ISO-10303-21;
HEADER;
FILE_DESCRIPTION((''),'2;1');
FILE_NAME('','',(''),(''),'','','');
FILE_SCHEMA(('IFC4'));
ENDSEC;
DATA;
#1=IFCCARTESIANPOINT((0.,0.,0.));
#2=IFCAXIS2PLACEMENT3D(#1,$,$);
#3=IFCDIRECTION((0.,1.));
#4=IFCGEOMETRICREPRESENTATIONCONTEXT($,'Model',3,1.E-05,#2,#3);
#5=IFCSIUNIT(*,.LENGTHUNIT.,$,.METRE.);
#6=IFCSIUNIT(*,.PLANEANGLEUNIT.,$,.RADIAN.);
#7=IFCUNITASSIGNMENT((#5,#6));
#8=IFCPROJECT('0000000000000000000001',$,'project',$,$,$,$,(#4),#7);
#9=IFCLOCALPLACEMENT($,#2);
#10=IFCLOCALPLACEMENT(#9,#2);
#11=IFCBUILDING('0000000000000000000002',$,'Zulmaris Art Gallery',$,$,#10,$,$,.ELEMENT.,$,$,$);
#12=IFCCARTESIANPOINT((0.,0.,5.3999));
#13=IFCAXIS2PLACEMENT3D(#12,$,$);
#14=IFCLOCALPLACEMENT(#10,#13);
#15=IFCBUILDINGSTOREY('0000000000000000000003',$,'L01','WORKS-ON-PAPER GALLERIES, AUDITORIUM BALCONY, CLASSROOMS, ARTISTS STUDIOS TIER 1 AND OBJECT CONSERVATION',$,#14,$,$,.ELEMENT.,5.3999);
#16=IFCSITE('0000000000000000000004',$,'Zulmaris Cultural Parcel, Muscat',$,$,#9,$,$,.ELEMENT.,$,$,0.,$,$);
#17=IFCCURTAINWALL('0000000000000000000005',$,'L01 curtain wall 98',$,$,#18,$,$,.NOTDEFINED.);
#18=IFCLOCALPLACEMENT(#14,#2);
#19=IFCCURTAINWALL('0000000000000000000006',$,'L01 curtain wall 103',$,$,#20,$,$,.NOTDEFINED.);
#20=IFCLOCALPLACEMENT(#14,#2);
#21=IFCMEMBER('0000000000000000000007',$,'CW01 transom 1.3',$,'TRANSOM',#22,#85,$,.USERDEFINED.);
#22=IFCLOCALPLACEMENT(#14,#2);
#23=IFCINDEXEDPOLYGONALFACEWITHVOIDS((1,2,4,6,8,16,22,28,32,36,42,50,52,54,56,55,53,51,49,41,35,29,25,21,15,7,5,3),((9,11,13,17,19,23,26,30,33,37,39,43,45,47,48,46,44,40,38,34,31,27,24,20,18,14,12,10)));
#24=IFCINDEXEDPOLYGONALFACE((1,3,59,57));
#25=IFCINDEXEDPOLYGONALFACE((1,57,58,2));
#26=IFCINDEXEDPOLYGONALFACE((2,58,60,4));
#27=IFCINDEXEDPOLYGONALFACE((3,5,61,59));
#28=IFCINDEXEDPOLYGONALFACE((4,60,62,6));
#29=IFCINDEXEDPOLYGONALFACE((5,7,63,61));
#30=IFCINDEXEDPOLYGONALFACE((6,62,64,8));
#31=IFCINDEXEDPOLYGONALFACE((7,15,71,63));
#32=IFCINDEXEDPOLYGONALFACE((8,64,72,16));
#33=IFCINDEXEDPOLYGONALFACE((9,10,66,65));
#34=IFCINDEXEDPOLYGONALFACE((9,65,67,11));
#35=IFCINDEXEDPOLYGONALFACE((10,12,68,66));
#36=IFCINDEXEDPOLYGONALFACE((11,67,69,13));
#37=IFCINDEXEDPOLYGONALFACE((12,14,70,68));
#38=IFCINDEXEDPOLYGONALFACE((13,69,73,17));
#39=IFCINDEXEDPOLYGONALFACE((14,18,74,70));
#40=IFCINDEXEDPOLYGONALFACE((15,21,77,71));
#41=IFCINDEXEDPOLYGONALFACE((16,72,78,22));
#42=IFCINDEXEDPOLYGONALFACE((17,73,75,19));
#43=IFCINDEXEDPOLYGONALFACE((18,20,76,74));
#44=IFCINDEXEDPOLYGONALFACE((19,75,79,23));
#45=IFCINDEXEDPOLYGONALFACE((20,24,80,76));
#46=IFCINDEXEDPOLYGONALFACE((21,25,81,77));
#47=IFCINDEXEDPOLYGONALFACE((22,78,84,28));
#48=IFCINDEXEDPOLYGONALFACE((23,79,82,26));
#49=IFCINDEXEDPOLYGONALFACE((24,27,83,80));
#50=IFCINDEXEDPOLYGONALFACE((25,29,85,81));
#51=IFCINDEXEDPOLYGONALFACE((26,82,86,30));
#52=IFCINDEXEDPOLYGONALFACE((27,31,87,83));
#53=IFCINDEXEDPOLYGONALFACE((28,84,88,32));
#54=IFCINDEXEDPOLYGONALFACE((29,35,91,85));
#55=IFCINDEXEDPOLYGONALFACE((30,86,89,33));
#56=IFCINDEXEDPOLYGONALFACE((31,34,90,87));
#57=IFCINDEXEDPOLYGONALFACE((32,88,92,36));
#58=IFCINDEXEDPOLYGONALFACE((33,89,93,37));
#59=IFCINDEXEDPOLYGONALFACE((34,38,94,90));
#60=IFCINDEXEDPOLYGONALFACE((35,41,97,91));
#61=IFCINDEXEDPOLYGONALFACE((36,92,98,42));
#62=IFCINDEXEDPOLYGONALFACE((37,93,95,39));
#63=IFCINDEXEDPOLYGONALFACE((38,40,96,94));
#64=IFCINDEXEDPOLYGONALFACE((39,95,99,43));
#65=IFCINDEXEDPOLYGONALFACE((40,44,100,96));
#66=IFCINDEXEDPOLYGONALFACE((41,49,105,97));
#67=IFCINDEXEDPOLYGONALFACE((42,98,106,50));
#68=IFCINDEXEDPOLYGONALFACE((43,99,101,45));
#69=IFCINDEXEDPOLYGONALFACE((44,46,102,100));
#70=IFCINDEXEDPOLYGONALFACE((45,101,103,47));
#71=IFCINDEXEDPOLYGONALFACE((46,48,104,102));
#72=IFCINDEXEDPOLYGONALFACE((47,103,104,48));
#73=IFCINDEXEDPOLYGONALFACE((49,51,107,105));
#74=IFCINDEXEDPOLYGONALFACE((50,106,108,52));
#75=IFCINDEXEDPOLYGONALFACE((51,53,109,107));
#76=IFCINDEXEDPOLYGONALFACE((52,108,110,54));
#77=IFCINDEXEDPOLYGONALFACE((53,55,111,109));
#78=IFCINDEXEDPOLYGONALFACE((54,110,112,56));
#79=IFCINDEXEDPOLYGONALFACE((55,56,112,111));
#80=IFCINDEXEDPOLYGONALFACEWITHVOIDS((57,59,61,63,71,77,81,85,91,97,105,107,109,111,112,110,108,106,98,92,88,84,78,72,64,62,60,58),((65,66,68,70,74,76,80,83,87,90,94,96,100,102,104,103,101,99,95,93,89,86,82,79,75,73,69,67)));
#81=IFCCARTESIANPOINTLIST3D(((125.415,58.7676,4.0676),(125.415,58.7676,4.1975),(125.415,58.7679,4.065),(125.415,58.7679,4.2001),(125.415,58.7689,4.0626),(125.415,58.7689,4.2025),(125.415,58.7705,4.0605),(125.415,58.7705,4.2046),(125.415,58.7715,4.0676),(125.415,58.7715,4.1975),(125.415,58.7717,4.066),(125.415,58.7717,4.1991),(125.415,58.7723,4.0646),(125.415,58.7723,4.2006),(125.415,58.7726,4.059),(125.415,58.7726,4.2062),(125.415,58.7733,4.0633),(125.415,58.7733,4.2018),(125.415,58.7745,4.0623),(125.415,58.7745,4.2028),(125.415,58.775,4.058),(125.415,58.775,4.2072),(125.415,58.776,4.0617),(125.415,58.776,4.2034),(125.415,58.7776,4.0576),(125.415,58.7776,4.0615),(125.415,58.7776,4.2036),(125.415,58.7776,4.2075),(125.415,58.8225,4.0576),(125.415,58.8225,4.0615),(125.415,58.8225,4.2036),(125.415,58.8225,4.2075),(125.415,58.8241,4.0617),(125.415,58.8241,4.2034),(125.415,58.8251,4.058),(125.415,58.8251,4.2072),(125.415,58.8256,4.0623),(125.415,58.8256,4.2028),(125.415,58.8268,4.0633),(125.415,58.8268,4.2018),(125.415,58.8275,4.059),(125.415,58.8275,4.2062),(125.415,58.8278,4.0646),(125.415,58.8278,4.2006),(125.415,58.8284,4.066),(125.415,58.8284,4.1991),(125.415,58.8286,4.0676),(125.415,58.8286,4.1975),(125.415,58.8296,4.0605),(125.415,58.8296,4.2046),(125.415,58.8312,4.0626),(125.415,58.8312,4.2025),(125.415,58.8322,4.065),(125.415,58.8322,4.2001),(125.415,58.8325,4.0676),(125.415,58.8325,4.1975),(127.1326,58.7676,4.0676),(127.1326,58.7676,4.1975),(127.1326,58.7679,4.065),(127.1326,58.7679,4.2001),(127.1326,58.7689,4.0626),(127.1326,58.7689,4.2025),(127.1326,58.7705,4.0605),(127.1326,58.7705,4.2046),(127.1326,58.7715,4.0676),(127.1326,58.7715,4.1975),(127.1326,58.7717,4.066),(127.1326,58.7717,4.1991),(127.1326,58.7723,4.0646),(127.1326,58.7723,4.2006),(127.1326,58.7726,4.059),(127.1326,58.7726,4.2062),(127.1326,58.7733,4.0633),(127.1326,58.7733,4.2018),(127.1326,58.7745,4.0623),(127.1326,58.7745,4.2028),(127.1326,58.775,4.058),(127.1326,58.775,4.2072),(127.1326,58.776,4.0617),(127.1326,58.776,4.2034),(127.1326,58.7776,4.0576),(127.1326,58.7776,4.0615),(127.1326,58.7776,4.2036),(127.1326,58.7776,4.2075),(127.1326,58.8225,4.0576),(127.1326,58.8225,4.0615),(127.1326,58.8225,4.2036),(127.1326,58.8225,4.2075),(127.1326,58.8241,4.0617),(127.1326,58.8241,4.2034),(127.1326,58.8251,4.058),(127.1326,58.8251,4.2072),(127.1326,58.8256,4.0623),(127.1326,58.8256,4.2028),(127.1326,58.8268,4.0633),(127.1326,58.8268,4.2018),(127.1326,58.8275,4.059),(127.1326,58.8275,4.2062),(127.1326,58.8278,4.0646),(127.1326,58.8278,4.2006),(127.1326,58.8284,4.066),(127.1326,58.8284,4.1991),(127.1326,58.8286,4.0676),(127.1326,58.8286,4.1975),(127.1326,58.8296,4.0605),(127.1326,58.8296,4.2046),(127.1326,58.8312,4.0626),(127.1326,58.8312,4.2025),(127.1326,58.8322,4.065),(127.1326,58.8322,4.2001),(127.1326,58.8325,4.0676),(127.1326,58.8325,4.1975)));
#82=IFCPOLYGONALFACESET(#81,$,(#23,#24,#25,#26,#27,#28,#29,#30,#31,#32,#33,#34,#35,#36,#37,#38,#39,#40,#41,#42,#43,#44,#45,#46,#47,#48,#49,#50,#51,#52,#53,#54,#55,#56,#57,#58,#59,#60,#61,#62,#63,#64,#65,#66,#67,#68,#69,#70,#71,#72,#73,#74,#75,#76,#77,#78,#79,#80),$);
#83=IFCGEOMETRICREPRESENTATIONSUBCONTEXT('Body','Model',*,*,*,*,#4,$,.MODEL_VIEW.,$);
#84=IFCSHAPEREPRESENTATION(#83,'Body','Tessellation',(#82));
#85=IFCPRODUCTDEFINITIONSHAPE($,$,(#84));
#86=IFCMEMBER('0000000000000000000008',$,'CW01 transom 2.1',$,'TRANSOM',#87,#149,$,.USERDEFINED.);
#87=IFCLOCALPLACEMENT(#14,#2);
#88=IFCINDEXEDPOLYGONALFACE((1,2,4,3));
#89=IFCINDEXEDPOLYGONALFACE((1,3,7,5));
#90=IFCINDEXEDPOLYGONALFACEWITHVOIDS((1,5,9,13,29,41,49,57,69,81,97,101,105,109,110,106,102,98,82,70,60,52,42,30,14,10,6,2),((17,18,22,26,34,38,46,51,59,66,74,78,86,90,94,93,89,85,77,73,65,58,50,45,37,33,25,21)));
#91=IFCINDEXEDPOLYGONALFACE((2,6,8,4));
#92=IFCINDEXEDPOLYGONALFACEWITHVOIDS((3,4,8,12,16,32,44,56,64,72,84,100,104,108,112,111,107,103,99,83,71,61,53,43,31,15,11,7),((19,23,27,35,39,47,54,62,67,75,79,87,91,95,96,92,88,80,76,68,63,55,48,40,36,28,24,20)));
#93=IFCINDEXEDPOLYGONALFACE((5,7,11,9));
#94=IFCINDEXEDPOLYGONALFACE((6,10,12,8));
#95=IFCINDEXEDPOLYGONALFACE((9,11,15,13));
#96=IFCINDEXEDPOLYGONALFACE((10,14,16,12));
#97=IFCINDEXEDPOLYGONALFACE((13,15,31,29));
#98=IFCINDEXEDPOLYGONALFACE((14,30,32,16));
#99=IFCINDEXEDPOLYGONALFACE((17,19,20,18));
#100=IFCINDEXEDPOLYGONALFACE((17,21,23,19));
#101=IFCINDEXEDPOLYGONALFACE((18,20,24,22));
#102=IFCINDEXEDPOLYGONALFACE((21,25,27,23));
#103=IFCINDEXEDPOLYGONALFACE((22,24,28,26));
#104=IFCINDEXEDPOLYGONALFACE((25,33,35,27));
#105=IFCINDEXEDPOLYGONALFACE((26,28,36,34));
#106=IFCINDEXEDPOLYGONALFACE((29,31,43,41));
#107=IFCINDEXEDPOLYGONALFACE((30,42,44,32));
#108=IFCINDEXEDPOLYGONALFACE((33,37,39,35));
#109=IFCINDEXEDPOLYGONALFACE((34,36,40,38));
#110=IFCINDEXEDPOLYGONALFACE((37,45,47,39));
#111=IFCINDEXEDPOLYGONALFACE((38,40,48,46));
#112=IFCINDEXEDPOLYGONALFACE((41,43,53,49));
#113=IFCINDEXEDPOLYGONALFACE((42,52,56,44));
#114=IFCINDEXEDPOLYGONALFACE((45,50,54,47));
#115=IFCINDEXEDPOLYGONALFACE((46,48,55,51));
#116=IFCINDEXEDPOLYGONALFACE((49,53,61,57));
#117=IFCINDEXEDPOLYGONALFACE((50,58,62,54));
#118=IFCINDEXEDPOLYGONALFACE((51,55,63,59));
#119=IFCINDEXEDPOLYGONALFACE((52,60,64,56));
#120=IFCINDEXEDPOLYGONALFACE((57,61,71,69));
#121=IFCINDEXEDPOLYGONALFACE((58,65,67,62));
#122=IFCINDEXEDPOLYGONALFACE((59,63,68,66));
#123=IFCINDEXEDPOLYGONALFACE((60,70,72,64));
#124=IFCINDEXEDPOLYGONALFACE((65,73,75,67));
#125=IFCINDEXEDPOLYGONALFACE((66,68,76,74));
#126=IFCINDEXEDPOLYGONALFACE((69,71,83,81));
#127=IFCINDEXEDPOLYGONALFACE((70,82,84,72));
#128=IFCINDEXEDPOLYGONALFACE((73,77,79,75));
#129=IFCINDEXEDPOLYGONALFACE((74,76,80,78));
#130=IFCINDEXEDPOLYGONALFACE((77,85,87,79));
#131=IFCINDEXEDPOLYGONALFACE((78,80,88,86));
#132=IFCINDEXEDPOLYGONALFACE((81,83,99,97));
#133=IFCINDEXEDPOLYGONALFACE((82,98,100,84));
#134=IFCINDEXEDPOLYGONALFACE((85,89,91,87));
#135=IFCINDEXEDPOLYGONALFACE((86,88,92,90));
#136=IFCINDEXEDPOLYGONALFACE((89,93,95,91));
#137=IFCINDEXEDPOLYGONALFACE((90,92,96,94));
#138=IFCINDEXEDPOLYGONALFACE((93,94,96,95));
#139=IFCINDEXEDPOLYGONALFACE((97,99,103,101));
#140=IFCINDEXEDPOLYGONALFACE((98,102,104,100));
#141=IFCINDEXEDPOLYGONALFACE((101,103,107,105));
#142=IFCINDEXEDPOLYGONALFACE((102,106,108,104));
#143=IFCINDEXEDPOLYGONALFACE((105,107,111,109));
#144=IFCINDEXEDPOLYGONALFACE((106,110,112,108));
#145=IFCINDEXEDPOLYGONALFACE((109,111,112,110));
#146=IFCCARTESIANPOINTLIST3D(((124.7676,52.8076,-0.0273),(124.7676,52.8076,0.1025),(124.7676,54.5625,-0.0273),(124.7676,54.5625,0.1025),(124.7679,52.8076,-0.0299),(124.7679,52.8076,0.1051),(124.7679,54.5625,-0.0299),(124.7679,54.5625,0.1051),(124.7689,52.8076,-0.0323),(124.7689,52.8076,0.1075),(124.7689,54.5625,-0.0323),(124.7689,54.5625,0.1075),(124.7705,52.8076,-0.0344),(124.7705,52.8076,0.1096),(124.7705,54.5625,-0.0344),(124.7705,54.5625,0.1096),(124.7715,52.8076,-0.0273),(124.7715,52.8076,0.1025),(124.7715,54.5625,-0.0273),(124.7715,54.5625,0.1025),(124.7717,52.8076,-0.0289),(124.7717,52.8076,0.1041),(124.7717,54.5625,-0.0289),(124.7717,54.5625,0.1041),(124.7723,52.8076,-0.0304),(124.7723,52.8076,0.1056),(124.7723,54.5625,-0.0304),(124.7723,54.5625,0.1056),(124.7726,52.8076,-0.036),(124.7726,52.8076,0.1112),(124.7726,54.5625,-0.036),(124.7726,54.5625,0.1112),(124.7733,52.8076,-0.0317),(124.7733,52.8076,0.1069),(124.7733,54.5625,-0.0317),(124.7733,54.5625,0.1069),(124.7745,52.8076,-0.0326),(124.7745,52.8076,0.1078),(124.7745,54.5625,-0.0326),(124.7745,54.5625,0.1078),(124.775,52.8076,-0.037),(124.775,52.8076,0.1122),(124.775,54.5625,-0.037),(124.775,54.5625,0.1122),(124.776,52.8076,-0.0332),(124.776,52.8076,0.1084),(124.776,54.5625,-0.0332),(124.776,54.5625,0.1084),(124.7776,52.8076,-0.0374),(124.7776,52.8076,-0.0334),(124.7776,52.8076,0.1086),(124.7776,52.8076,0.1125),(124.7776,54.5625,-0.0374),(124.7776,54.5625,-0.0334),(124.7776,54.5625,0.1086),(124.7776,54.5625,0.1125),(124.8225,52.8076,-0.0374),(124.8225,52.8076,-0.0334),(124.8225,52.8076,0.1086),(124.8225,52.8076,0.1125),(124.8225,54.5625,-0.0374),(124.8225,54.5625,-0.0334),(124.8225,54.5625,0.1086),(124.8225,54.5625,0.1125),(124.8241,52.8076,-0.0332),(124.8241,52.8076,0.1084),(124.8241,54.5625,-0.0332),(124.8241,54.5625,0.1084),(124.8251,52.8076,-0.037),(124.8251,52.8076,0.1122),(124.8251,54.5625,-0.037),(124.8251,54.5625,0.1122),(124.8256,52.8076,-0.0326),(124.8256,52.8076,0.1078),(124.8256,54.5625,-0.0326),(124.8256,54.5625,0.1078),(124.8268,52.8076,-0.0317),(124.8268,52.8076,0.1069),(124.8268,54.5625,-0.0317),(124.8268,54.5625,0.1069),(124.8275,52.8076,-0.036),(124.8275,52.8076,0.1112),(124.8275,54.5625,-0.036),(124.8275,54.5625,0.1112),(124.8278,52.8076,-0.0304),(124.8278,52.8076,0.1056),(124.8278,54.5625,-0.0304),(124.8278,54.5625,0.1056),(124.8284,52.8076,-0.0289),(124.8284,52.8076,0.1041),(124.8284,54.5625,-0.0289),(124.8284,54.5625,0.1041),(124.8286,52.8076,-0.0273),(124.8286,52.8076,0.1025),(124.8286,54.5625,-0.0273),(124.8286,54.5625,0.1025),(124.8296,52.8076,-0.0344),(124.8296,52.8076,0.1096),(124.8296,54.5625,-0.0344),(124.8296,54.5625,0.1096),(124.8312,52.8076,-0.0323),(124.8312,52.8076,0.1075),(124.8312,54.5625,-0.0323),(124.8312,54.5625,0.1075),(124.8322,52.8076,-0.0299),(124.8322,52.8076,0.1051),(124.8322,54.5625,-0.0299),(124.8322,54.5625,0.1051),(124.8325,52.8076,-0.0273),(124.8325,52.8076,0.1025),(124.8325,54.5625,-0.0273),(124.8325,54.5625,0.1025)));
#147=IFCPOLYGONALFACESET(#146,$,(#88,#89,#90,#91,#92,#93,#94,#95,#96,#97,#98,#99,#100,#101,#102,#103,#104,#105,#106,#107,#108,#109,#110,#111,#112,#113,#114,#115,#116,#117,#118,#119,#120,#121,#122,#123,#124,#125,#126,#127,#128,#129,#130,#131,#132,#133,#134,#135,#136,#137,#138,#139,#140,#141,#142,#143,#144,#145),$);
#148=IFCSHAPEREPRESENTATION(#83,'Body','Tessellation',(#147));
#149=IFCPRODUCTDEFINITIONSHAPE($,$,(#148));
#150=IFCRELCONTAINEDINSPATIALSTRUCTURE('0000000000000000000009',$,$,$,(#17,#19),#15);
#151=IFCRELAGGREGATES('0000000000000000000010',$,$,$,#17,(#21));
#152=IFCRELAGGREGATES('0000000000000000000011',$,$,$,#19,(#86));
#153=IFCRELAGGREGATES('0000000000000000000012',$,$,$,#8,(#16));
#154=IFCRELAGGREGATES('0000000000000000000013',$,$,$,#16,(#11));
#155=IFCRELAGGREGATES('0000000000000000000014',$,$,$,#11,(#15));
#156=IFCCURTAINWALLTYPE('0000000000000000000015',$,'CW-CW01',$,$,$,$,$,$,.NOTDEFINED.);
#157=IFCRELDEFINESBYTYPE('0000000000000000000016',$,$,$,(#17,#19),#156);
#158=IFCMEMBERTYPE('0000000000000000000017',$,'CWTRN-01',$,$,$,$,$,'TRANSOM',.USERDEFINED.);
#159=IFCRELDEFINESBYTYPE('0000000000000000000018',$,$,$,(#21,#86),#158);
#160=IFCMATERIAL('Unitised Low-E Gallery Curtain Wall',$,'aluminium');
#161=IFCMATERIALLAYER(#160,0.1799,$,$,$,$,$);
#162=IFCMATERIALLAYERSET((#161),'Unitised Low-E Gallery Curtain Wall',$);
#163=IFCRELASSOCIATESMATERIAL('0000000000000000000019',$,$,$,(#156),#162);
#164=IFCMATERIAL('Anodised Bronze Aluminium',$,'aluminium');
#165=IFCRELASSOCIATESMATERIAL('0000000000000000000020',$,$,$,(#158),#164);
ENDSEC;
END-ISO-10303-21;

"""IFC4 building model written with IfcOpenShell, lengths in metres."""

from ifc_helpers import new_model, si_unit, direction, frame, origin, origin_2d, place, context, subcontext, project, spatial, hollow_rectangle, extrude, material, layer, layer_set, material_profile, profile_set, type_object, element, aggregate, save


model = new_model("IFC4")

# Units and contexts
model_context = context("Model", 3, precision=1e-05, world=origin(), true_north=direction((0.0, 1.0)))
body_context = subcontext(model_context, "Body", "Model", "MODEL_VIEW")
ifc_project = project(units=[si_unit("LENGTHUNIT", "METRE"), si_unit("PLANEANGLEUNIT", "RADIAN")], contexts=[model_context])

# Site, building, storey
site_placement = place(None, origin())
site = spatial("IfcSite", under=ifc_project, at=site_placement, Name="Zulmaris Cultural Parcel, Muscat", CompositionType="ELEMENT", RefElevation=0.0)
building_placement = place(site_placement, origin())
building = spatial("IfcBuilding", under=site, at=building_placement, Name="Zulmaris Art Gallery", CompositionType="ELEMENT")
storey_placement = place(building_placement, frame((0.0, 0.0, 5.3999)))
storey = spatial("IfcBuildingStorey", under=building, at=storey_placement, Name="L01", Description="WORKS-ON-PAPER GALLERIES, AUDITORIUM BALCONY, CLASSROOMS, ARTISTS STUDIOS TIER 1 AND OBJECT CONSERVATION", CompositionType="ELEMENT", Elevation=5.3999)

# Curtain wall
ifc_material_1 = material(Name="Unitised Low-E Gallery Curtain Wall", Category="aluminium")
ifc_layer_1 = layer(ifc_material_1, 0.1799)
ifc_layer_set_1 = layer_set([ifc_layer_1], Name="Unitised Low-E Gallery Curtain Wall")
curtain_wall_type = type_object("IfcCurtainWallType", Name="CW-CW01", PredefinedType="NOTDEFINED", material=ifc_layer_set_1)
ifc_material_2 = material(Name="Anodised Bronze Aluminium", Category="aluminium")
curtain_wall_1_placement = place(storey_placement, origin())
curtain_wall_1 = element("IfcCurtainWall", 1, at=curtain_wall_1_placement, inside=storey, type_object=curtain_wall_type, Name="L01 curtain wall 98", PredefinedType="NOTDEFINED")

# Curtain wall
curtain_wall_2_placement = place(storey_placement, origin())
curtain_wall_2 = element("IfcCurtainWall", 2, at=curtain_wall_2_placement, inside=storey, type_object=curtain_wall_type, Name="L01 curtain wall 103", PredefinedType="NOTDEFINED")

# Members
ifc_material_profile_1 = material_profile(ifc_material_2, hollow_rectangle(XDim=0.0649, YDim=0.1499, WallThickness=0.0039, InnerFilletRadius=0.0061, OuterFilletRadius=0.01, at=origin_2d()), Name="ALU 65x150x4")
ifc_profile_set_1 = profile_set([ifc_material_profile_1], Name="Anodised Bronze Aluminium")
member_type_1 = type_object("IfcMemberType", Name="CWTRN-01", ElementType="TRANSOM", PredefinedType="USERDEFINED", material=ifc_profile_set_1)
member_1_placement = place(storey_placement, frame((125.415, 58.8, 4.1326), z_axis=(1.0, 0.0, 0.0), x_axis=(0.0, 1.0, 0.0)))
member_1 = element("IfcMember", 3, at=member_1_placement, type_object=member_type_1, Name="CW01 transom 1.3", ObjectType="TRANSOM", PredefinedType="USERDEFINED", context=body_context, shape_type="SweptSolid", body=[
    extrude(hollow_rectangle(XDim=0.0649, YDim=0.1499, WallThickness=0.0039, InnerFilletRadius=0.0061, OuterFilletRadius=0.01, at=origin_2d()), origin(), (0.0, 0.0, 1.0), 1.7175),
])
aggregate(curtain_wall_1, [member_1])
member_2_placement = place(storey_placement, frame((124.8, 52.8076, 0.0376), z_axis=(0.0, 1.0, 0.0), x_axis=(-1.0, 0.0, 0.0)))
member_2 = element("IfcMember", 4, at=member_2_placement, type_object=member_type_1, Name="CW01 transom 2.1", ObjectType="TRANSOM", PredefinedType="USERDEFINED", context=body_context, shape_type="SweptSolid", body=[
    extrude(hollow_rectangle(XDim=0.0649, YDim=0.1499, WallThickness=0.0039, InnerFilletRadius=0.0061, OuterFilletRadius=0.01, at=origin_2d()), origin(), (0.0, 0.0, 1.0), 1.7549),
])

aggregate(curtain_wall_2, [member_2])

save(model, "model.ifc")
